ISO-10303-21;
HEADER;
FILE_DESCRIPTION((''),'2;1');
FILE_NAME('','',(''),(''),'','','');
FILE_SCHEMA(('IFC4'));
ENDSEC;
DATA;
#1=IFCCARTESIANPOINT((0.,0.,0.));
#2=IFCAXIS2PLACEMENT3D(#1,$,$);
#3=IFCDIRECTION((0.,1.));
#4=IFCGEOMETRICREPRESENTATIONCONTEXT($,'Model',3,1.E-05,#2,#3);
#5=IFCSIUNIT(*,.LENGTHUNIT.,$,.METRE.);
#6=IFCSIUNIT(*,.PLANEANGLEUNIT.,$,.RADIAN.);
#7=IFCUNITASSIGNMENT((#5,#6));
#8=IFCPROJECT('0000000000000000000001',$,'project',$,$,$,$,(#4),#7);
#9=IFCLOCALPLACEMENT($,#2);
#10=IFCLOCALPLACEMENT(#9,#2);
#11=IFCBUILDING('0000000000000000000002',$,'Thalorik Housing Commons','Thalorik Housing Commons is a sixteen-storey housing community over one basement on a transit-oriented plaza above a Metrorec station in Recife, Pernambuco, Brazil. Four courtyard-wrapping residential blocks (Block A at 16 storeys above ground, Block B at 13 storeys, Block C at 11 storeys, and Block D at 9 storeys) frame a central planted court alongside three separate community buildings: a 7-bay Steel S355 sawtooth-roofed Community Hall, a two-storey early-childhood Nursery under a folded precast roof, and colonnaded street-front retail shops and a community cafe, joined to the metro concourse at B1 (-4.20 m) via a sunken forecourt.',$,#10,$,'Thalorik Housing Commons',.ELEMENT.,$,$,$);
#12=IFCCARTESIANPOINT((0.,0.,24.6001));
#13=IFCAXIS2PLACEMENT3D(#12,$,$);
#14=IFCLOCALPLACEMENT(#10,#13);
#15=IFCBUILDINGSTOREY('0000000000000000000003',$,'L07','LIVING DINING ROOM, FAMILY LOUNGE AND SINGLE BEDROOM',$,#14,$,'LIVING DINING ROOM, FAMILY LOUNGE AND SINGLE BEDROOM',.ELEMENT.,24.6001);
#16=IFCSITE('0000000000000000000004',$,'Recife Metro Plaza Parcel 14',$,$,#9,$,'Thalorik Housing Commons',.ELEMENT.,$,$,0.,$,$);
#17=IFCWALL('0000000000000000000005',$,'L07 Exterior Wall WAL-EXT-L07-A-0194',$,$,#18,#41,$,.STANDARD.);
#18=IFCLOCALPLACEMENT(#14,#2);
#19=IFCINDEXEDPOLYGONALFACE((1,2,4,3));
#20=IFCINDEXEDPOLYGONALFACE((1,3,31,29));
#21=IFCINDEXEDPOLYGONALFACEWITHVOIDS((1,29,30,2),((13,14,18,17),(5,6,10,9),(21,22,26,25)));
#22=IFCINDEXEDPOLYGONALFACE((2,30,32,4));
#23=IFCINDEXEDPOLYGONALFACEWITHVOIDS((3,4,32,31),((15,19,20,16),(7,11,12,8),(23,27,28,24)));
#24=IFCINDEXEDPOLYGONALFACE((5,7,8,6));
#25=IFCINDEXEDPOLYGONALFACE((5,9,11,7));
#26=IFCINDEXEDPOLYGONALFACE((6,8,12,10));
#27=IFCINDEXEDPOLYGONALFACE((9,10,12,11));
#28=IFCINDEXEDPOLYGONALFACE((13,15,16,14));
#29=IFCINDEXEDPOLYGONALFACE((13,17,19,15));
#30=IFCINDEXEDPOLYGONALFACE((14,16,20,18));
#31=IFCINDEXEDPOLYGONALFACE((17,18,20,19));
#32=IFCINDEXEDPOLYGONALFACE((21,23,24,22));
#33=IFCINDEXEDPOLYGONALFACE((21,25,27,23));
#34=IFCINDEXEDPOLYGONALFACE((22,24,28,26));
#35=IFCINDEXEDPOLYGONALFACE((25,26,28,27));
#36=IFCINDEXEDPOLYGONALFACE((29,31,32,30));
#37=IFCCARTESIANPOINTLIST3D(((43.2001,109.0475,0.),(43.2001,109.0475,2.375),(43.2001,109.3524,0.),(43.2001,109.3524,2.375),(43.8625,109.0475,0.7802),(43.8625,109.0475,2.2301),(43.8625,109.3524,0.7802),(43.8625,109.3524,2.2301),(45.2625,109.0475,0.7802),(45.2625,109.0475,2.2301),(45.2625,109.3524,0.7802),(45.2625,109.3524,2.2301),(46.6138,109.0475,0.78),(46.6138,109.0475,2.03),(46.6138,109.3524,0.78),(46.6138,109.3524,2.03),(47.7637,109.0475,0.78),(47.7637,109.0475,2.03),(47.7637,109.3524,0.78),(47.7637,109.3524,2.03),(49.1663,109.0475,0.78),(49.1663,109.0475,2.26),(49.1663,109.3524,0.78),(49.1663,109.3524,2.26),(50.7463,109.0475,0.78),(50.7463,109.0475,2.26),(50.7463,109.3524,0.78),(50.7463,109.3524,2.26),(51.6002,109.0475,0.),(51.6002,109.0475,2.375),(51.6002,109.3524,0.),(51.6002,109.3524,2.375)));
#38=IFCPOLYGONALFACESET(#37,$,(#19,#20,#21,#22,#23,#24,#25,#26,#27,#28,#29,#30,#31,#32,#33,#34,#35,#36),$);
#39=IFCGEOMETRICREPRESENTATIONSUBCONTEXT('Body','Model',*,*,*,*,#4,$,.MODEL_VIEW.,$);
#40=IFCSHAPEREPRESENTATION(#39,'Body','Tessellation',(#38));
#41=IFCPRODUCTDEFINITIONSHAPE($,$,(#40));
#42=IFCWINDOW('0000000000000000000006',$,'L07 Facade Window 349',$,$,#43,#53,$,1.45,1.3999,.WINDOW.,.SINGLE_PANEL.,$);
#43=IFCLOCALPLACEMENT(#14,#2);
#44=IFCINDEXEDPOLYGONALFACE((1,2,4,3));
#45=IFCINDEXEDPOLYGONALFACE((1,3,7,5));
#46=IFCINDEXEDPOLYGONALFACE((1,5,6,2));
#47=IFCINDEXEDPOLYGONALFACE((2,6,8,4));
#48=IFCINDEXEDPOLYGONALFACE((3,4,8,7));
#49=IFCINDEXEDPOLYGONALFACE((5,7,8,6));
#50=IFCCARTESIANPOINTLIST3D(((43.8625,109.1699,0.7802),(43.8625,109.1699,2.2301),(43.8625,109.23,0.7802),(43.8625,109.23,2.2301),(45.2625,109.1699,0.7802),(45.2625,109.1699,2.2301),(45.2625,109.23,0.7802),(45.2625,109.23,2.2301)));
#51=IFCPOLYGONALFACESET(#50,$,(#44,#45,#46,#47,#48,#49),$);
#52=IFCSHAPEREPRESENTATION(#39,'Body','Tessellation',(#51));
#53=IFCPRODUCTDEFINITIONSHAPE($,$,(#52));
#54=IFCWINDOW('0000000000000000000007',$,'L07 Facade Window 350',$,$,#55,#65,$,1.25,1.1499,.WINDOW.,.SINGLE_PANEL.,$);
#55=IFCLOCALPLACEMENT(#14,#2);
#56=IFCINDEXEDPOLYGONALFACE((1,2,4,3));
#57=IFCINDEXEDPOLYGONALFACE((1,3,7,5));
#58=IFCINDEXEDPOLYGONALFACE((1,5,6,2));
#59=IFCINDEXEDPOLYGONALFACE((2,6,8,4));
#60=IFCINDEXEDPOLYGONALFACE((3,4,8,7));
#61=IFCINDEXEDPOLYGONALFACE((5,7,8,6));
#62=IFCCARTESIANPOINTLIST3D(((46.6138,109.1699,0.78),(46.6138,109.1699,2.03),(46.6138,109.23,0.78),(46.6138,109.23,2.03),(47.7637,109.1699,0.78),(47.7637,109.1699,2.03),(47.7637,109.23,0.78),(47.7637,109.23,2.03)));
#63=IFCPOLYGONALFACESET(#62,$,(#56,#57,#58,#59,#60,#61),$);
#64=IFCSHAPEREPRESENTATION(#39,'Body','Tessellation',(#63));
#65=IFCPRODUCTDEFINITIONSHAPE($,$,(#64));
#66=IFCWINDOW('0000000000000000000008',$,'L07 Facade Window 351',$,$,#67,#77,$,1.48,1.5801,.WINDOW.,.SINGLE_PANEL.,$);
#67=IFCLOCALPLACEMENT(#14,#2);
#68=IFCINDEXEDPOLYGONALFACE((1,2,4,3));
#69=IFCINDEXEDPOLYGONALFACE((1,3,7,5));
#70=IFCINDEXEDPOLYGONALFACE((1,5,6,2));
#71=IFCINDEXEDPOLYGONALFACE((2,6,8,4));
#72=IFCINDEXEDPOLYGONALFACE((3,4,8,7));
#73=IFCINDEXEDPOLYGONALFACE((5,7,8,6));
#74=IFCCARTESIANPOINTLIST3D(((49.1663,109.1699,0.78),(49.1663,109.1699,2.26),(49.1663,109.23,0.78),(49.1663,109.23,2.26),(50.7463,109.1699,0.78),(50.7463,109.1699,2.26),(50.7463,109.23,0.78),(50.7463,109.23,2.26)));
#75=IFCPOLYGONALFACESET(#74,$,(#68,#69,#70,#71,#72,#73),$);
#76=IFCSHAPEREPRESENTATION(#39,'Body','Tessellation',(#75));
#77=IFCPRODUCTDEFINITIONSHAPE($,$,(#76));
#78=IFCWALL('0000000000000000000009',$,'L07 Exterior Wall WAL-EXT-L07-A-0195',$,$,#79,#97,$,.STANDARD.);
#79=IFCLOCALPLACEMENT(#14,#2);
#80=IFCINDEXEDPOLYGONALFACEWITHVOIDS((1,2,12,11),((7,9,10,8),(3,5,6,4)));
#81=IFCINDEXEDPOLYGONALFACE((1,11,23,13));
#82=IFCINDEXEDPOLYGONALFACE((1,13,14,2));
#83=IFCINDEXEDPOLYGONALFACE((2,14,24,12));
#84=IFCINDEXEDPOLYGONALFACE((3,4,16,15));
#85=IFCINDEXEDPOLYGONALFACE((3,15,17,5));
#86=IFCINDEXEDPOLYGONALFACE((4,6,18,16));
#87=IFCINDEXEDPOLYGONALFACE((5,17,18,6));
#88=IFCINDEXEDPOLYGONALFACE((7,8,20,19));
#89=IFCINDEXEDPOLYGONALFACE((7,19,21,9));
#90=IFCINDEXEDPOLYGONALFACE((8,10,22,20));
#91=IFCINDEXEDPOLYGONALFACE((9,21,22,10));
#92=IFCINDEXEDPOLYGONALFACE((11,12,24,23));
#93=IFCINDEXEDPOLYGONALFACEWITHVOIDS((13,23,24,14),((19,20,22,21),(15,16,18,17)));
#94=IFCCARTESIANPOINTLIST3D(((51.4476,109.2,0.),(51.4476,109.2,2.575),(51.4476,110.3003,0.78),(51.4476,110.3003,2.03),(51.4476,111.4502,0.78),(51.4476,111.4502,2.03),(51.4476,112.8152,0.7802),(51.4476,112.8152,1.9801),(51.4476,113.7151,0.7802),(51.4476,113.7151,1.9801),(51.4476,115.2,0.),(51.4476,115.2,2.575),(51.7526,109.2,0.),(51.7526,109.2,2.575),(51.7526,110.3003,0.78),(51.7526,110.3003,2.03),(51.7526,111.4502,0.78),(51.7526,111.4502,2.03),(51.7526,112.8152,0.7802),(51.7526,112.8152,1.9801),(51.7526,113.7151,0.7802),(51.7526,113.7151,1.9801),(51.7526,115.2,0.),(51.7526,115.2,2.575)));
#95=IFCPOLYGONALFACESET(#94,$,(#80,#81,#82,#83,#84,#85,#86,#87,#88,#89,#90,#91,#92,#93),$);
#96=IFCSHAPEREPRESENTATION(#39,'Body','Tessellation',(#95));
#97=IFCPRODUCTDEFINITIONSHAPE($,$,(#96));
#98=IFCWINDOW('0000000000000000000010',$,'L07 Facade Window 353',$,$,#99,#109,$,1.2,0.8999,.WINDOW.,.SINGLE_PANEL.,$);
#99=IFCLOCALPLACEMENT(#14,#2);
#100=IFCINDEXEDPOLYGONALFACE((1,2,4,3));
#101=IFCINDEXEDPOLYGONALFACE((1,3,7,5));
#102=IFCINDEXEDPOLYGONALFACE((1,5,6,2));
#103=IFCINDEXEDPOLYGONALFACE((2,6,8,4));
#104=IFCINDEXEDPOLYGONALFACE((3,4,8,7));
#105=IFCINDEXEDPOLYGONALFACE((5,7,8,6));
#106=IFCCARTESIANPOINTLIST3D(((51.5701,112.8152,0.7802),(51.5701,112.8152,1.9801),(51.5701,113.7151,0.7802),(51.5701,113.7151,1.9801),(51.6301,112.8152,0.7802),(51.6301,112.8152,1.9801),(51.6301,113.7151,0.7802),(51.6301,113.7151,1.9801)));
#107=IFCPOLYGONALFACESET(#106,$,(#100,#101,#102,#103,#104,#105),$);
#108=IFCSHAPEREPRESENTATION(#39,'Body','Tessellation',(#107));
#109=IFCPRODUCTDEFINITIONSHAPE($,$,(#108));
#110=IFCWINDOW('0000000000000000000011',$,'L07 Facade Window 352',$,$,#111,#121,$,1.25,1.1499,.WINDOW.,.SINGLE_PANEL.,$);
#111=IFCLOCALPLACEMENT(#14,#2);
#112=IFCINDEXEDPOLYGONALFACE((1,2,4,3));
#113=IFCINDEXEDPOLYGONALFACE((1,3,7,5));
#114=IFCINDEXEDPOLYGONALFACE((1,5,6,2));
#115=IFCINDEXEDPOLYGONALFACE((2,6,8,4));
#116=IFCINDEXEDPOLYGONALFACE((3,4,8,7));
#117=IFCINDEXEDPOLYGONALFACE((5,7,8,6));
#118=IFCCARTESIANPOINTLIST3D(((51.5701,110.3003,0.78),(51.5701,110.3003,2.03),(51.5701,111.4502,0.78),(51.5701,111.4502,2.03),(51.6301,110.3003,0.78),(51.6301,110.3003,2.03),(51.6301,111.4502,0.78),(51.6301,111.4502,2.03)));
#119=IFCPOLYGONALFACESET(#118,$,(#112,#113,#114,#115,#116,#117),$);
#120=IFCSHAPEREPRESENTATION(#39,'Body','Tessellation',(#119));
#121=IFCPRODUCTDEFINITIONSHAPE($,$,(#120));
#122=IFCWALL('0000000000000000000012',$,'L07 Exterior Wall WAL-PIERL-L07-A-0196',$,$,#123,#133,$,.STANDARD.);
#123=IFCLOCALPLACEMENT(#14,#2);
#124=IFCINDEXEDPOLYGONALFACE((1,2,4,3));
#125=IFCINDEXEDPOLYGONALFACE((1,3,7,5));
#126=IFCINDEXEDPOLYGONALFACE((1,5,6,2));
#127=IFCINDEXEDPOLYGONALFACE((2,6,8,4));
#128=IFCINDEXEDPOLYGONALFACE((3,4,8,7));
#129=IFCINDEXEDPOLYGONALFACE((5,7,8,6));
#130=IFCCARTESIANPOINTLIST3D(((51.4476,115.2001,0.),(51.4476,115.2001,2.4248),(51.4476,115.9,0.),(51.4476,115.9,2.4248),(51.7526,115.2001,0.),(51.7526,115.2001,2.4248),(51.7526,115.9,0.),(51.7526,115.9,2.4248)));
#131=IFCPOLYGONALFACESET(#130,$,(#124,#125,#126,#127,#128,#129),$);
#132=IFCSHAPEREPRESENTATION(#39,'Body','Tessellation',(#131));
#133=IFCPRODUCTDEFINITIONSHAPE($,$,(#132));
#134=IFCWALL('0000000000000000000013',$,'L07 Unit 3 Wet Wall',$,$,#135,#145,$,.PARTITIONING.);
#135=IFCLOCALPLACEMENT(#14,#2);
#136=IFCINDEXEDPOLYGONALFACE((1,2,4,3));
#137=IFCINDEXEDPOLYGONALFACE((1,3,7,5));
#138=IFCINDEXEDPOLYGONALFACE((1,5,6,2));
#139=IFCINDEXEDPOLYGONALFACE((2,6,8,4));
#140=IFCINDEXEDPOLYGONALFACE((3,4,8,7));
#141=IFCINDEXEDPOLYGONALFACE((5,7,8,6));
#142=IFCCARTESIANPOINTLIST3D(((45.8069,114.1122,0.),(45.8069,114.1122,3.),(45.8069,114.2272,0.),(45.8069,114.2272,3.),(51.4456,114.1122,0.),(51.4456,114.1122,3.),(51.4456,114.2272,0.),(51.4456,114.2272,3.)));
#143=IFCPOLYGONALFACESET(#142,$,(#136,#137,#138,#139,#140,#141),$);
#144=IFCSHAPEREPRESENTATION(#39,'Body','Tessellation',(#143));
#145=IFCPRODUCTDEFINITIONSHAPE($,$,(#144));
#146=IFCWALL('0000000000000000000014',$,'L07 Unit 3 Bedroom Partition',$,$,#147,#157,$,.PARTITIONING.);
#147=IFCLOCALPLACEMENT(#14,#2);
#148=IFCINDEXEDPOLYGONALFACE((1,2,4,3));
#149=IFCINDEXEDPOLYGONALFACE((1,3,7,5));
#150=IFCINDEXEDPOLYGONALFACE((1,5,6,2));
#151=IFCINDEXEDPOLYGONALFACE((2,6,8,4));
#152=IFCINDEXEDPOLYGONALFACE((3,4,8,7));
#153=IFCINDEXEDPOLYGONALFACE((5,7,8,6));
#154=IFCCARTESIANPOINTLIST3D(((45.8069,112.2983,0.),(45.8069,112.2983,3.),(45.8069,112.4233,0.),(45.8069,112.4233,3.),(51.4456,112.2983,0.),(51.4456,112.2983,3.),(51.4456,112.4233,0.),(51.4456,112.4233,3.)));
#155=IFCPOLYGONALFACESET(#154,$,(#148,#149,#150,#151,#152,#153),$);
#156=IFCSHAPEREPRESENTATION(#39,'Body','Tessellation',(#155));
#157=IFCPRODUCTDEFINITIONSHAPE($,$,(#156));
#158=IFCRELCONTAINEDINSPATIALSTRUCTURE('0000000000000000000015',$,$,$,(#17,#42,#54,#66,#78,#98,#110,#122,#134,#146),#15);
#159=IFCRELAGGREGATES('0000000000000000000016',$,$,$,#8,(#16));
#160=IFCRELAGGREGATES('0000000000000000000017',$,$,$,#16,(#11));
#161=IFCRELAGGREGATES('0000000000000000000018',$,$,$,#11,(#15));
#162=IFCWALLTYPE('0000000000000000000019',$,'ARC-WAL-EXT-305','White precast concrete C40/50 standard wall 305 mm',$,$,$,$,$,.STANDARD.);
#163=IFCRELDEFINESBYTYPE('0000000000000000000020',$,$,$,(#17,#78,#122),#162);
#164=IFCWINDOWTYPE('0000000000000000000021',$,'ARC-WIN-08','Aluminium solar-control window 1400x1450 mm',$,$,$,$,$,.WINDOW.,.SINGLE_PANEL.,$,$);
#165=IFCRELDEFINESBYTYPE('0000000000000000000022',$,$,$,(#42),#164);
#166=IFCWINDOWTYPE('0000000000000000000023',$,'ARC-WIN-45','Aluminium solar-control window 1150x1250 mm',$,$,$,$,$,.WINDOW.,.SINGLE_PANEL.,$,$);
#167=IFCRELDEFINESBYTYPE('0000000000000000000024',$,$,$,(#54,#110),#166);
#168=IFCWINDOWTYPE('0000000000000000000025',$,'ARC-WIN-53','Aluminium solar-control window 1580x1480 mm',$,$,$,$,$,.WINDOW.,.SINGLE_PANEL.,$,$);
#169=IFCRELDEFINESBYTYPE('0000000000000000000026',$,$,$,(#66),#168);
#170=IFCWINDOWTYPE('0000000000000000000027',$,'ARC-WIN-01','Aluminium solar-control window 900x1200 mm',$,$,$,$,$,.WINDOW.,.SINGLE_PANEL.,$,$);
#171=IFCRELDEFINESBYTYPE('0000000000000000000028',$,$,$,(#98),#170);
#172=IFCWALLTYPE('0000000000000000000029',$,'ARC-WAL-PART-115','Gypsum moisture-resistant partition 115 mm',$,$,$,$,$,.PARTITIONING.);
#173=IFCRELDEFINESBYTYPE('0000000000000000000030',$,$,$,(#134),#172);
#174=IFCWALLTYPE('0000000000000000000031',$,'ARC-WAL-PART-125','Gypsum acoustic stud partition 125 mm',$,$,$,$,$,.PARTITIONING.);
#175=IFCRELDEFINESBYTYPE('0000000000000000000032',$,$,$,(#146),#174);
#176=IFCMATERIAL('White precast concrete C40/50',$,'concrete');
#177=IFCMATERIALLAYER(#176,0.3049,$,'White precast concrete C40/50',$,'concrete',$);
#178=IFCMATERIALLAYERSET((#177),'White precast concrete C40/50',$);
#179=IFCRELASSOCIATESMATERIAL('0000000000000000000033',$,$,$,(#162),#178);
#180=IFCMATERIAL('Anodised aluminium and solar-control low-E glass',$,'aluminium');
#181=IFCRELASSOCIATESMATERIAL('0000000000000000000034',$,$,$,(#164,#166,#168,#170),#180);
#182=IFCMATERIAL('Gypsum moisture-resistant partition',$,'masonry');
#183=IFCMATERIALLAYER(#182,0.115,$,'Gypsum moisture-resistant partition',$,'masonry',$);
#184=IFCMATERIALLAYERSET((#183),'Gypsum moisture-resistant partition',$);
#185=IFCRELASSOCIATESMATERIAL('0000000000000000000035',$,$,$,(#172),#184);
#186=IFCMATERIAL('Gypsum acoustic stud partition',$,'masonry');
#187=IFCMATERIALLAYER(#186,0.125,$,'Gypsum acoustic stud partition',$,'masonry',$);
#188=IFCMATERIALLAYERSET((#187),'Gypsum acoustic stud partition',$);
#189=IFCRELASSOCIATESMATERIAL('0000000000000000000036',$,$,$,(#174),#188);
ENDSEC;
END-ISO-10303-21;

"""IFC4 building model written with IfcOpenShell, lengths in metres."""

from ifc_helpers import new_model, si_unit, direction, frame, frame_2d, origin, place, context, subcontext, project, spatial, rectangle, extrude, material, layer, layer_set, type_object, element, fill, save


model = new_model("IFC4")

# Units and contexts
model_context = context("Model", 3, precision=1e-05, world=origin(), true_north=direction((0.0, 1.0)))
body_context = subcontext(model_context, "Body", "Model", "MODEL_VIEW")
ifc_project = project(units=[si_unit("LENGTHUNIT", "METRE"), si_unit("PLANEANGLEUNIT", "RADIAN")], contexts=[model_context])

# Site, building, storey
site_placement = place(None, origin())
site = spatial("IfcSite", under=ifc_project, at=site_placement, Name="Recife Metro Plaza Parcel 14", LongName="Thalorik Housing Commons", CompositionType="ELEMENT", RefElevation=0.0)
building_placement = place(site_placement, origin())
building = spatial("IfcBuilding", under=site, at=building_placement, Name="Thalorik Housing Commons", Description="Thalorik Housing Commons is a sixteen-storey housing community over one basement on a transit-oriented plaza above a Metrorec station in Recife, Pernambuco, Brazil. Four courtyard-wrapping residential blocks (Block A at 16 storeys above ground, Block B at 13 storeys, Block C at 11 storeys, and Block D at 9 storeys) frame a central planted court alongside three separate community buildings: a 7-bay Steel S355 sawtooth-roofed Community Hall, a two-storey early-childhood Nursery under a folded precast roof, and colonnaded street-front retail shops and a community cafe, joined to the metro concourse at B1 (-4.20 m) via a sunken forecourt.", LongName="Thalorik Housing Commons", CompositionType="ELEMENT")
storey_placement = place(building_placement, frame((0.0, 0.0, 24.6001)))
storey = spatial("IfcBuildingStorey", under=building, at=storey_placement, Name="L07", Description="LIVING DINING ROOM, FAMILY LOUNGE AND SINGLE BEDROOM", LongName="LIVING DINING ROOM, FAMILY LOUNGE AND SINGLE BEDROOM", CompositionType="ELEMENT", Elevation=24.6001)

# Shared definitions
ifc_material_1 = material(Name="Anodised aluminium and solar-control low-E glass", Category="aluminium")

# Walls, openings, windows
ifc_material_2 = material(Name="White precast concrete C40/50", Category="concrete")
ifc_layer_1 = layer(ifc_material_2, 0.3049, Name="White precast concrete C40/50", Category="concrete")
ifc_layer_set_1 = layer_set([ifc_layer_1], Name="White precast concrete C40/50")
wall_type_1 = type_object("IfcWallType", Name="ARC-WAL-EXT-305", Description="White precast concrete C40/50 standard wall 305 mm", PredefinedType="STANDARD", material=ifc_layer_set_1)
wall_1_placement = place(storey_placement, frame((43.2, 109.2, 0.0), z_axis=(0.0, 0.0, 1.0), x_axis=(1.0, 0.0, 0.0)))
wall_1 = element("IfcWall", 1, at=wall_1_placement, inside=storey, type_object=wall_type_1, Name="L07 Exterior Wall WAL-EXT-L07-A-0194", PredefinedType="STANDARD", context=body_context, shape_type="SweptSolid", body=[
    extrude(rectangle(XDim=8.4001, YDim=0.3049, at=frame_2d((4.2002, 0.0))), origin(), (0.0, 0.0, 1.0), 2.375),
])
opening_1_placement = place(wall_1_placement, frame((0.6626, 0.0, 0.78)))
opening_1 = element("IfcOpeningElement", 2, at=opening_1_placement, cuts=wall_1, PredefinedType="OPENING", context=body_context, shape_type="SweptSolid", body=[
    extrude(rectangle(XDim=1.3999, YDim=1.45, at=frame_2d((0.7, 0.7251))), frame((0.0, 0.1626, 0.0), z_axis=(0.0, -1.0, 0.0), x_axis=(1.0, 0.0, 0.0)), (0.0, 0.0, 1.0), 0.325),
])
opening_2_placement = place(wall_1_placement, frame((3.4138, 0.0, 0.78)))
opening_2 = element("IfcOpeningElement", 3, at=opening_2_placement, cuts=wall_1, PredefinedType="OPENING", context=body_context, shape_type="SweptSolid", body=[
    extrude(rectangle(XDim=1.1499, YDim=1.25, at=frame_2d((0.575, 0.625))), frame((0.0, 0.1626, 0.0), z_axis=(0.0, -1.0, 0.0), x_axis=(1.0, 0.0, 0.0)), (0.0, 0.0, 1.0), 0.325),
])
opening_3_placement = place(wall_1_placement, frame((5.9663, 0.0, 0.78)))
opening_3 = element("IfcOpeningElement", 4, at=opening_3_placement, cuts=wall_1, PredefinedType="OPENING", context=body_context, shape_type="SweptSolid", body=[
    extrude(rectangle(XDim=1.5801, YDim=1.48, at=frame_2d((0.79, 0.74))), frame((0.0, 0.1626, 0.0), z_axis=(0.0, -1.0, 0.0), x_axis=(1.0, 0.0, 0.0)), (0.0, 0.0, 1.0), 0.325),
])
window_type_1 = type_object("IfcWindowType", Name="ARC-WIN-08", Description="Aluminium solar-control window 1400x1450 mm", PartitioningType="SINGLE_PANEL", PredefinedType="WINDOW", material=ifc_material_1)
window_1_placement = place(opening_1_placement, origin())
window_1 = element("IfcWindow", 5, at=window_1_placement, inside=storey, type_object=window_type_1, Name="L07 Facade Window 349", OverallHeight=1.45, OverallWidth=1.3999, PartitioningType="SINGLE_PANEL", PredefinedType="WINDOW", context=body_context, shape_type="SweptSolid", body=[
    extrude(rectangle(XDim=1.3999, YDim=1.45, at=frame_2d((0.7, 0.7251))), frame((0.0, 0.03, 0.0), z_axis=(0.0, -1.0, 0.0), x_axis=(1.0, 0.0, 0.0)), (0.0, 0.0, 1.0), 0.0601),
])
fill(opening_1, window_1)
window_type_2 = type_object("IfcWindowType", Name="ARC-WIN-45", Description="Aluminium solar-control window 1150x1250 mm", PartitioningType="SINGLE_PANEL", PredefinedType="WINDOW", material=ifc_material_1)
window_2_placement = place(opening_2_placement, origin())
window_2 = element("IfcWindow", 6, at=window_2_placement, inside=storey, type_object=window_type_2, Name="L07 Facade Window 350", OverallHeight=1.25, OverallWidth=1.1499, PartitioningType="SINGLE_PANEL", PredefinedType="WINDOW", context=body_context, shape_type="SweptSolid", body=[
    extrude(rectangle(XDim=1.1499, YDim=1.25, at=frame_2d((0.575, 0.625))), frame((0.0, 0.03, 0.0), z_axis=(0.0, -1.0, 0.0), x_axis=(1.0, 0.0, 0.0)), (0.0, 0.0, 1.0), 0.0601),
])
fill(opening_2, window_2)
window_type_3 = type_object("IfcWindowType", Name="ARC-WIN-53", Description="Aluminium solar-control window 1580x1480 mm", PartitioningType="SINGLE_PANEL", PredefinedType="WINDOW", material=ifc_material_1)
window_3_placement = place(opening_3_placement, origin())
window_3 = element("IfcWindow", 7, at=window_3_placement, inside=storey, type_object=window_type_3, Name="L07 Facade Window 351", OverallHeight=1.48, OverallWidth=1.5801, PartitioningType="SINGLE_PANEL", PredefinedType="WINDOW", context=body_context, shape_type="SweptSolid", body=[
    extrude(rectangle(XDim=1.5801, YDim=1.48, at=frame_2d((0.79, 0.74))), frame((0.0, 0.03, 0.0), z_axis=(0.0, -1.0, 0.0), x_axis=(1.0, 0.0, 0.0)), (0.0, 0.0, 1.0), 0.0601),
])
fill(opening_3, window_3)
wall_2_placement = place(storey_placement, frame((51.6001, 109.2, 0.0), z_axis=(0.0, 0.0, 1.0), x_axis=(0.0, 1.0, 0.0)))
wall_2 = element("IfcWall", 8, at=wall_2_placement, inside=storey, type_object=wall_type_1, Name="L07 Exterior Wall WAL-EXT-L07-A-0195", PredefinedType="STANDARD", context=body_context, shape_type="SweptSolid", body=[
    extrude(rectangle(XDim=6.0, YDim=0.3049, at=frame_2d((3.0, 0.0))), origin(), (0.0, 0.0, 1.0), 2.575),
])
opening_4_placement = place(wall_2_placement, frame((1.1003, 0.0, 0.78)))
opening_4 = element("IfcOpeningElement", 9, at=opening_4_placement, cuts=wall_2, PredefinedType="OPENING", context=body_context, shape_type="SweptSolid", body=[
    extrude(rectangle(XDim=1.1499, YDim=1.25, at=frame_2d((0.575, 0.625))), frame((0.0, 0.1626, 0.0), z_axis=(0.0, -1.0, 0.0), x_axis=(1.0, 0.0, 0.0)), (0.0, 0.0, 1.0), 0.325),
])
opening_5_placement = place(wall_2_placement, frame((3.6152, 0.0, 0.78)))
opening_5 = element("IfcOpeningElement", 10, at=opening_5_placement, cuts=wall_2, PredefinedType="OPENING", context=body_context, shape_type="SweptSolid", body=[
    extrude(rectangle(XDim=0.8999, YDim=1.2, at=frame_2d((0.45, 0.6001))), frame((0.0, 0.1626, 0.0), z_axis=(0.0, -1.0, 0.0), x_axis=(1.0, 0.0, 0.0)), (0.0, 0.0, 1.0), 0.325),
])
window_type_4 = type_object("IfcWindowType", Name="ARC-WIN-01", Description="Aluminium solar-control window 900x1200 mm", PartitioningType="SINGLE_PANEL", PredefinedType="WINDOW", material=ifc_material_1)
window_4_placement = place(opening_5_placement, origin())
window_4 = element("IfcWindow", 11, at=window_4_placement, inside=storey, type_object=window_type_4, Name="L07 Facade Window 353", OverallHeight=1.2, OverallWidth=0.8999, PartitioningType="SINGLE_PANEL", PredefinedType="WINDOW", context=body_context, shape_type="SweptSolid", body=[
    extrude(rectangle(XDim=0.8999, YDim=1.2, at=frame_2d((0.45, 0.6001))), frame((0.0, 0.03, 0.0), z_axis=(0.0, -1.0, 0.0), x_axis=(1.0, 0.0, 0.0)), (0.0, 0.0, 1.0), 0.0601),
])
fill(opening_5, window_4)
window_5_placement = place(opening_4_placement, origin())
window_5 = element("IfcWindow", 12, at=window_5_placement, inside=storey, type_object=window_type_2, Name="L07 Facade Window 352", OverallHeight=1.25, OverallWidth=1.1499, PartitioningType="SINGLE_PANEL", PredefinedType="WINDOW", context=body_context, shape_type="SweptSolid", body=[
    extrude(rectangle(XDim=1.1499, YDim=1.25, at=frame_2d((0.575, 0.625))), frame((0.0, 0.03, 0.0), z_axis=(0.0, -1.0, 0.0), x_axis=(1.0, 0.0, 0.0)), (0.0, 0.0, 1.0), 0.0601),
])
fill(opening_4, window_5)

# Walls
wall_3_placement = place(storey_placement, frame((51.6001, 115.2, 0.0), z_axis=(0.0, 0.0, 1.0), x_axis=(0.0, 1.0, 0.0)))
element("IfcWall", 13, at=wall_3_placement, inside=storey, type_object=wall_type_1, Name="L07 Exterior Wall WAL-PIERL-L07-A-0196", PredefinedType="STANDARD", context=body_context, shape_type="SweptSolid", body=[
    extrude(rectangle(XDim=0.7, YDim=0.3049, at=frame_2d((0.3501, 0.0))), origin(), (0.0, 0.0, 1.0), 2.4248),
])
ifc_material_3 = material(Name="Gypsum moisture-resistant partition", Category="masonry")
ifc_layer_2 = layer(ifc_material_3, 0.115, Name="Gypsum moisture-resistant partition", Category="masonry")
ifc_layer_set_2 = layer_set([ifc_layer_2], Name="Gypsum moisture-resistant partition")
wall_type_2 = type_object("IfcWallType", Name="ARC-WAL-PART-115", Description="Gypsum moisture-resistant partition 115 mm", PredefinedType="PARTITIONING", material=ifc_layer_set_2)
wall_4_placement = place(storey_placement, frame((45.8069, 114.1697, 0.0), z_axis=(0.0, 0.0, 1.0), x_axis=(1.0, 0.0, 0.0)))
element("IfcWall", 14, at=wall_4_placement, inside=storey, type_object=wall_type_2, Name="L07 Unit 3 Wet Wall", PredefinedType="PARTITIONING", context=body_context, shape_type="SweptSolid", body=[
    extrude(rectangle(XDim=5.6387, YDim=0.115, at=frame_2d((2.8193, 0.0))), origin(), (0.0, 0.0, 1.0), 3.0),
])
ifc_material_4 = material(Name="Gypsum acoustic stud partition", Category="masonry")
ifc_layer_3 = layer(ifc_material_4, 0.125, Name="Gypsum acoustic stud partition", Category="masonry")
ifc_layer_set_3 = layer_set([ifc_layer_3], Name="Gypsum acoustic stud partition")
wall_type_3 = type_object("IfcWallType", Name="ARC-WAL-PART-125", Description="Gypsum acoustic stud partition 125 mm", PredefinedType="PARTITIONING", material=ifc_layer_set_3)
wall_5_placement = place(storey_placement, frame((45.8069, 112.3608, 0.0), z_axis=(0.0, 0.0, 1.0), x_axis=(1.0, 0.0, 0.0)))
element("IfcWall", 15, at=wall_5_placement, inside=storey, type_object=wall_type_3, Name="L07 Unit 3 Bedroom Partition", PredefinedType="PARTITIONING", context=body_context, shape_type="SweptSolid", body=[
    extrude(rectangle(XDim=5.6387, YDim=0.125, at=frame_2d((2.8193, 0.0))), origin(), (0.0, 0.0, 1.0), 3.0),
])

save(model, "model.ifc")
